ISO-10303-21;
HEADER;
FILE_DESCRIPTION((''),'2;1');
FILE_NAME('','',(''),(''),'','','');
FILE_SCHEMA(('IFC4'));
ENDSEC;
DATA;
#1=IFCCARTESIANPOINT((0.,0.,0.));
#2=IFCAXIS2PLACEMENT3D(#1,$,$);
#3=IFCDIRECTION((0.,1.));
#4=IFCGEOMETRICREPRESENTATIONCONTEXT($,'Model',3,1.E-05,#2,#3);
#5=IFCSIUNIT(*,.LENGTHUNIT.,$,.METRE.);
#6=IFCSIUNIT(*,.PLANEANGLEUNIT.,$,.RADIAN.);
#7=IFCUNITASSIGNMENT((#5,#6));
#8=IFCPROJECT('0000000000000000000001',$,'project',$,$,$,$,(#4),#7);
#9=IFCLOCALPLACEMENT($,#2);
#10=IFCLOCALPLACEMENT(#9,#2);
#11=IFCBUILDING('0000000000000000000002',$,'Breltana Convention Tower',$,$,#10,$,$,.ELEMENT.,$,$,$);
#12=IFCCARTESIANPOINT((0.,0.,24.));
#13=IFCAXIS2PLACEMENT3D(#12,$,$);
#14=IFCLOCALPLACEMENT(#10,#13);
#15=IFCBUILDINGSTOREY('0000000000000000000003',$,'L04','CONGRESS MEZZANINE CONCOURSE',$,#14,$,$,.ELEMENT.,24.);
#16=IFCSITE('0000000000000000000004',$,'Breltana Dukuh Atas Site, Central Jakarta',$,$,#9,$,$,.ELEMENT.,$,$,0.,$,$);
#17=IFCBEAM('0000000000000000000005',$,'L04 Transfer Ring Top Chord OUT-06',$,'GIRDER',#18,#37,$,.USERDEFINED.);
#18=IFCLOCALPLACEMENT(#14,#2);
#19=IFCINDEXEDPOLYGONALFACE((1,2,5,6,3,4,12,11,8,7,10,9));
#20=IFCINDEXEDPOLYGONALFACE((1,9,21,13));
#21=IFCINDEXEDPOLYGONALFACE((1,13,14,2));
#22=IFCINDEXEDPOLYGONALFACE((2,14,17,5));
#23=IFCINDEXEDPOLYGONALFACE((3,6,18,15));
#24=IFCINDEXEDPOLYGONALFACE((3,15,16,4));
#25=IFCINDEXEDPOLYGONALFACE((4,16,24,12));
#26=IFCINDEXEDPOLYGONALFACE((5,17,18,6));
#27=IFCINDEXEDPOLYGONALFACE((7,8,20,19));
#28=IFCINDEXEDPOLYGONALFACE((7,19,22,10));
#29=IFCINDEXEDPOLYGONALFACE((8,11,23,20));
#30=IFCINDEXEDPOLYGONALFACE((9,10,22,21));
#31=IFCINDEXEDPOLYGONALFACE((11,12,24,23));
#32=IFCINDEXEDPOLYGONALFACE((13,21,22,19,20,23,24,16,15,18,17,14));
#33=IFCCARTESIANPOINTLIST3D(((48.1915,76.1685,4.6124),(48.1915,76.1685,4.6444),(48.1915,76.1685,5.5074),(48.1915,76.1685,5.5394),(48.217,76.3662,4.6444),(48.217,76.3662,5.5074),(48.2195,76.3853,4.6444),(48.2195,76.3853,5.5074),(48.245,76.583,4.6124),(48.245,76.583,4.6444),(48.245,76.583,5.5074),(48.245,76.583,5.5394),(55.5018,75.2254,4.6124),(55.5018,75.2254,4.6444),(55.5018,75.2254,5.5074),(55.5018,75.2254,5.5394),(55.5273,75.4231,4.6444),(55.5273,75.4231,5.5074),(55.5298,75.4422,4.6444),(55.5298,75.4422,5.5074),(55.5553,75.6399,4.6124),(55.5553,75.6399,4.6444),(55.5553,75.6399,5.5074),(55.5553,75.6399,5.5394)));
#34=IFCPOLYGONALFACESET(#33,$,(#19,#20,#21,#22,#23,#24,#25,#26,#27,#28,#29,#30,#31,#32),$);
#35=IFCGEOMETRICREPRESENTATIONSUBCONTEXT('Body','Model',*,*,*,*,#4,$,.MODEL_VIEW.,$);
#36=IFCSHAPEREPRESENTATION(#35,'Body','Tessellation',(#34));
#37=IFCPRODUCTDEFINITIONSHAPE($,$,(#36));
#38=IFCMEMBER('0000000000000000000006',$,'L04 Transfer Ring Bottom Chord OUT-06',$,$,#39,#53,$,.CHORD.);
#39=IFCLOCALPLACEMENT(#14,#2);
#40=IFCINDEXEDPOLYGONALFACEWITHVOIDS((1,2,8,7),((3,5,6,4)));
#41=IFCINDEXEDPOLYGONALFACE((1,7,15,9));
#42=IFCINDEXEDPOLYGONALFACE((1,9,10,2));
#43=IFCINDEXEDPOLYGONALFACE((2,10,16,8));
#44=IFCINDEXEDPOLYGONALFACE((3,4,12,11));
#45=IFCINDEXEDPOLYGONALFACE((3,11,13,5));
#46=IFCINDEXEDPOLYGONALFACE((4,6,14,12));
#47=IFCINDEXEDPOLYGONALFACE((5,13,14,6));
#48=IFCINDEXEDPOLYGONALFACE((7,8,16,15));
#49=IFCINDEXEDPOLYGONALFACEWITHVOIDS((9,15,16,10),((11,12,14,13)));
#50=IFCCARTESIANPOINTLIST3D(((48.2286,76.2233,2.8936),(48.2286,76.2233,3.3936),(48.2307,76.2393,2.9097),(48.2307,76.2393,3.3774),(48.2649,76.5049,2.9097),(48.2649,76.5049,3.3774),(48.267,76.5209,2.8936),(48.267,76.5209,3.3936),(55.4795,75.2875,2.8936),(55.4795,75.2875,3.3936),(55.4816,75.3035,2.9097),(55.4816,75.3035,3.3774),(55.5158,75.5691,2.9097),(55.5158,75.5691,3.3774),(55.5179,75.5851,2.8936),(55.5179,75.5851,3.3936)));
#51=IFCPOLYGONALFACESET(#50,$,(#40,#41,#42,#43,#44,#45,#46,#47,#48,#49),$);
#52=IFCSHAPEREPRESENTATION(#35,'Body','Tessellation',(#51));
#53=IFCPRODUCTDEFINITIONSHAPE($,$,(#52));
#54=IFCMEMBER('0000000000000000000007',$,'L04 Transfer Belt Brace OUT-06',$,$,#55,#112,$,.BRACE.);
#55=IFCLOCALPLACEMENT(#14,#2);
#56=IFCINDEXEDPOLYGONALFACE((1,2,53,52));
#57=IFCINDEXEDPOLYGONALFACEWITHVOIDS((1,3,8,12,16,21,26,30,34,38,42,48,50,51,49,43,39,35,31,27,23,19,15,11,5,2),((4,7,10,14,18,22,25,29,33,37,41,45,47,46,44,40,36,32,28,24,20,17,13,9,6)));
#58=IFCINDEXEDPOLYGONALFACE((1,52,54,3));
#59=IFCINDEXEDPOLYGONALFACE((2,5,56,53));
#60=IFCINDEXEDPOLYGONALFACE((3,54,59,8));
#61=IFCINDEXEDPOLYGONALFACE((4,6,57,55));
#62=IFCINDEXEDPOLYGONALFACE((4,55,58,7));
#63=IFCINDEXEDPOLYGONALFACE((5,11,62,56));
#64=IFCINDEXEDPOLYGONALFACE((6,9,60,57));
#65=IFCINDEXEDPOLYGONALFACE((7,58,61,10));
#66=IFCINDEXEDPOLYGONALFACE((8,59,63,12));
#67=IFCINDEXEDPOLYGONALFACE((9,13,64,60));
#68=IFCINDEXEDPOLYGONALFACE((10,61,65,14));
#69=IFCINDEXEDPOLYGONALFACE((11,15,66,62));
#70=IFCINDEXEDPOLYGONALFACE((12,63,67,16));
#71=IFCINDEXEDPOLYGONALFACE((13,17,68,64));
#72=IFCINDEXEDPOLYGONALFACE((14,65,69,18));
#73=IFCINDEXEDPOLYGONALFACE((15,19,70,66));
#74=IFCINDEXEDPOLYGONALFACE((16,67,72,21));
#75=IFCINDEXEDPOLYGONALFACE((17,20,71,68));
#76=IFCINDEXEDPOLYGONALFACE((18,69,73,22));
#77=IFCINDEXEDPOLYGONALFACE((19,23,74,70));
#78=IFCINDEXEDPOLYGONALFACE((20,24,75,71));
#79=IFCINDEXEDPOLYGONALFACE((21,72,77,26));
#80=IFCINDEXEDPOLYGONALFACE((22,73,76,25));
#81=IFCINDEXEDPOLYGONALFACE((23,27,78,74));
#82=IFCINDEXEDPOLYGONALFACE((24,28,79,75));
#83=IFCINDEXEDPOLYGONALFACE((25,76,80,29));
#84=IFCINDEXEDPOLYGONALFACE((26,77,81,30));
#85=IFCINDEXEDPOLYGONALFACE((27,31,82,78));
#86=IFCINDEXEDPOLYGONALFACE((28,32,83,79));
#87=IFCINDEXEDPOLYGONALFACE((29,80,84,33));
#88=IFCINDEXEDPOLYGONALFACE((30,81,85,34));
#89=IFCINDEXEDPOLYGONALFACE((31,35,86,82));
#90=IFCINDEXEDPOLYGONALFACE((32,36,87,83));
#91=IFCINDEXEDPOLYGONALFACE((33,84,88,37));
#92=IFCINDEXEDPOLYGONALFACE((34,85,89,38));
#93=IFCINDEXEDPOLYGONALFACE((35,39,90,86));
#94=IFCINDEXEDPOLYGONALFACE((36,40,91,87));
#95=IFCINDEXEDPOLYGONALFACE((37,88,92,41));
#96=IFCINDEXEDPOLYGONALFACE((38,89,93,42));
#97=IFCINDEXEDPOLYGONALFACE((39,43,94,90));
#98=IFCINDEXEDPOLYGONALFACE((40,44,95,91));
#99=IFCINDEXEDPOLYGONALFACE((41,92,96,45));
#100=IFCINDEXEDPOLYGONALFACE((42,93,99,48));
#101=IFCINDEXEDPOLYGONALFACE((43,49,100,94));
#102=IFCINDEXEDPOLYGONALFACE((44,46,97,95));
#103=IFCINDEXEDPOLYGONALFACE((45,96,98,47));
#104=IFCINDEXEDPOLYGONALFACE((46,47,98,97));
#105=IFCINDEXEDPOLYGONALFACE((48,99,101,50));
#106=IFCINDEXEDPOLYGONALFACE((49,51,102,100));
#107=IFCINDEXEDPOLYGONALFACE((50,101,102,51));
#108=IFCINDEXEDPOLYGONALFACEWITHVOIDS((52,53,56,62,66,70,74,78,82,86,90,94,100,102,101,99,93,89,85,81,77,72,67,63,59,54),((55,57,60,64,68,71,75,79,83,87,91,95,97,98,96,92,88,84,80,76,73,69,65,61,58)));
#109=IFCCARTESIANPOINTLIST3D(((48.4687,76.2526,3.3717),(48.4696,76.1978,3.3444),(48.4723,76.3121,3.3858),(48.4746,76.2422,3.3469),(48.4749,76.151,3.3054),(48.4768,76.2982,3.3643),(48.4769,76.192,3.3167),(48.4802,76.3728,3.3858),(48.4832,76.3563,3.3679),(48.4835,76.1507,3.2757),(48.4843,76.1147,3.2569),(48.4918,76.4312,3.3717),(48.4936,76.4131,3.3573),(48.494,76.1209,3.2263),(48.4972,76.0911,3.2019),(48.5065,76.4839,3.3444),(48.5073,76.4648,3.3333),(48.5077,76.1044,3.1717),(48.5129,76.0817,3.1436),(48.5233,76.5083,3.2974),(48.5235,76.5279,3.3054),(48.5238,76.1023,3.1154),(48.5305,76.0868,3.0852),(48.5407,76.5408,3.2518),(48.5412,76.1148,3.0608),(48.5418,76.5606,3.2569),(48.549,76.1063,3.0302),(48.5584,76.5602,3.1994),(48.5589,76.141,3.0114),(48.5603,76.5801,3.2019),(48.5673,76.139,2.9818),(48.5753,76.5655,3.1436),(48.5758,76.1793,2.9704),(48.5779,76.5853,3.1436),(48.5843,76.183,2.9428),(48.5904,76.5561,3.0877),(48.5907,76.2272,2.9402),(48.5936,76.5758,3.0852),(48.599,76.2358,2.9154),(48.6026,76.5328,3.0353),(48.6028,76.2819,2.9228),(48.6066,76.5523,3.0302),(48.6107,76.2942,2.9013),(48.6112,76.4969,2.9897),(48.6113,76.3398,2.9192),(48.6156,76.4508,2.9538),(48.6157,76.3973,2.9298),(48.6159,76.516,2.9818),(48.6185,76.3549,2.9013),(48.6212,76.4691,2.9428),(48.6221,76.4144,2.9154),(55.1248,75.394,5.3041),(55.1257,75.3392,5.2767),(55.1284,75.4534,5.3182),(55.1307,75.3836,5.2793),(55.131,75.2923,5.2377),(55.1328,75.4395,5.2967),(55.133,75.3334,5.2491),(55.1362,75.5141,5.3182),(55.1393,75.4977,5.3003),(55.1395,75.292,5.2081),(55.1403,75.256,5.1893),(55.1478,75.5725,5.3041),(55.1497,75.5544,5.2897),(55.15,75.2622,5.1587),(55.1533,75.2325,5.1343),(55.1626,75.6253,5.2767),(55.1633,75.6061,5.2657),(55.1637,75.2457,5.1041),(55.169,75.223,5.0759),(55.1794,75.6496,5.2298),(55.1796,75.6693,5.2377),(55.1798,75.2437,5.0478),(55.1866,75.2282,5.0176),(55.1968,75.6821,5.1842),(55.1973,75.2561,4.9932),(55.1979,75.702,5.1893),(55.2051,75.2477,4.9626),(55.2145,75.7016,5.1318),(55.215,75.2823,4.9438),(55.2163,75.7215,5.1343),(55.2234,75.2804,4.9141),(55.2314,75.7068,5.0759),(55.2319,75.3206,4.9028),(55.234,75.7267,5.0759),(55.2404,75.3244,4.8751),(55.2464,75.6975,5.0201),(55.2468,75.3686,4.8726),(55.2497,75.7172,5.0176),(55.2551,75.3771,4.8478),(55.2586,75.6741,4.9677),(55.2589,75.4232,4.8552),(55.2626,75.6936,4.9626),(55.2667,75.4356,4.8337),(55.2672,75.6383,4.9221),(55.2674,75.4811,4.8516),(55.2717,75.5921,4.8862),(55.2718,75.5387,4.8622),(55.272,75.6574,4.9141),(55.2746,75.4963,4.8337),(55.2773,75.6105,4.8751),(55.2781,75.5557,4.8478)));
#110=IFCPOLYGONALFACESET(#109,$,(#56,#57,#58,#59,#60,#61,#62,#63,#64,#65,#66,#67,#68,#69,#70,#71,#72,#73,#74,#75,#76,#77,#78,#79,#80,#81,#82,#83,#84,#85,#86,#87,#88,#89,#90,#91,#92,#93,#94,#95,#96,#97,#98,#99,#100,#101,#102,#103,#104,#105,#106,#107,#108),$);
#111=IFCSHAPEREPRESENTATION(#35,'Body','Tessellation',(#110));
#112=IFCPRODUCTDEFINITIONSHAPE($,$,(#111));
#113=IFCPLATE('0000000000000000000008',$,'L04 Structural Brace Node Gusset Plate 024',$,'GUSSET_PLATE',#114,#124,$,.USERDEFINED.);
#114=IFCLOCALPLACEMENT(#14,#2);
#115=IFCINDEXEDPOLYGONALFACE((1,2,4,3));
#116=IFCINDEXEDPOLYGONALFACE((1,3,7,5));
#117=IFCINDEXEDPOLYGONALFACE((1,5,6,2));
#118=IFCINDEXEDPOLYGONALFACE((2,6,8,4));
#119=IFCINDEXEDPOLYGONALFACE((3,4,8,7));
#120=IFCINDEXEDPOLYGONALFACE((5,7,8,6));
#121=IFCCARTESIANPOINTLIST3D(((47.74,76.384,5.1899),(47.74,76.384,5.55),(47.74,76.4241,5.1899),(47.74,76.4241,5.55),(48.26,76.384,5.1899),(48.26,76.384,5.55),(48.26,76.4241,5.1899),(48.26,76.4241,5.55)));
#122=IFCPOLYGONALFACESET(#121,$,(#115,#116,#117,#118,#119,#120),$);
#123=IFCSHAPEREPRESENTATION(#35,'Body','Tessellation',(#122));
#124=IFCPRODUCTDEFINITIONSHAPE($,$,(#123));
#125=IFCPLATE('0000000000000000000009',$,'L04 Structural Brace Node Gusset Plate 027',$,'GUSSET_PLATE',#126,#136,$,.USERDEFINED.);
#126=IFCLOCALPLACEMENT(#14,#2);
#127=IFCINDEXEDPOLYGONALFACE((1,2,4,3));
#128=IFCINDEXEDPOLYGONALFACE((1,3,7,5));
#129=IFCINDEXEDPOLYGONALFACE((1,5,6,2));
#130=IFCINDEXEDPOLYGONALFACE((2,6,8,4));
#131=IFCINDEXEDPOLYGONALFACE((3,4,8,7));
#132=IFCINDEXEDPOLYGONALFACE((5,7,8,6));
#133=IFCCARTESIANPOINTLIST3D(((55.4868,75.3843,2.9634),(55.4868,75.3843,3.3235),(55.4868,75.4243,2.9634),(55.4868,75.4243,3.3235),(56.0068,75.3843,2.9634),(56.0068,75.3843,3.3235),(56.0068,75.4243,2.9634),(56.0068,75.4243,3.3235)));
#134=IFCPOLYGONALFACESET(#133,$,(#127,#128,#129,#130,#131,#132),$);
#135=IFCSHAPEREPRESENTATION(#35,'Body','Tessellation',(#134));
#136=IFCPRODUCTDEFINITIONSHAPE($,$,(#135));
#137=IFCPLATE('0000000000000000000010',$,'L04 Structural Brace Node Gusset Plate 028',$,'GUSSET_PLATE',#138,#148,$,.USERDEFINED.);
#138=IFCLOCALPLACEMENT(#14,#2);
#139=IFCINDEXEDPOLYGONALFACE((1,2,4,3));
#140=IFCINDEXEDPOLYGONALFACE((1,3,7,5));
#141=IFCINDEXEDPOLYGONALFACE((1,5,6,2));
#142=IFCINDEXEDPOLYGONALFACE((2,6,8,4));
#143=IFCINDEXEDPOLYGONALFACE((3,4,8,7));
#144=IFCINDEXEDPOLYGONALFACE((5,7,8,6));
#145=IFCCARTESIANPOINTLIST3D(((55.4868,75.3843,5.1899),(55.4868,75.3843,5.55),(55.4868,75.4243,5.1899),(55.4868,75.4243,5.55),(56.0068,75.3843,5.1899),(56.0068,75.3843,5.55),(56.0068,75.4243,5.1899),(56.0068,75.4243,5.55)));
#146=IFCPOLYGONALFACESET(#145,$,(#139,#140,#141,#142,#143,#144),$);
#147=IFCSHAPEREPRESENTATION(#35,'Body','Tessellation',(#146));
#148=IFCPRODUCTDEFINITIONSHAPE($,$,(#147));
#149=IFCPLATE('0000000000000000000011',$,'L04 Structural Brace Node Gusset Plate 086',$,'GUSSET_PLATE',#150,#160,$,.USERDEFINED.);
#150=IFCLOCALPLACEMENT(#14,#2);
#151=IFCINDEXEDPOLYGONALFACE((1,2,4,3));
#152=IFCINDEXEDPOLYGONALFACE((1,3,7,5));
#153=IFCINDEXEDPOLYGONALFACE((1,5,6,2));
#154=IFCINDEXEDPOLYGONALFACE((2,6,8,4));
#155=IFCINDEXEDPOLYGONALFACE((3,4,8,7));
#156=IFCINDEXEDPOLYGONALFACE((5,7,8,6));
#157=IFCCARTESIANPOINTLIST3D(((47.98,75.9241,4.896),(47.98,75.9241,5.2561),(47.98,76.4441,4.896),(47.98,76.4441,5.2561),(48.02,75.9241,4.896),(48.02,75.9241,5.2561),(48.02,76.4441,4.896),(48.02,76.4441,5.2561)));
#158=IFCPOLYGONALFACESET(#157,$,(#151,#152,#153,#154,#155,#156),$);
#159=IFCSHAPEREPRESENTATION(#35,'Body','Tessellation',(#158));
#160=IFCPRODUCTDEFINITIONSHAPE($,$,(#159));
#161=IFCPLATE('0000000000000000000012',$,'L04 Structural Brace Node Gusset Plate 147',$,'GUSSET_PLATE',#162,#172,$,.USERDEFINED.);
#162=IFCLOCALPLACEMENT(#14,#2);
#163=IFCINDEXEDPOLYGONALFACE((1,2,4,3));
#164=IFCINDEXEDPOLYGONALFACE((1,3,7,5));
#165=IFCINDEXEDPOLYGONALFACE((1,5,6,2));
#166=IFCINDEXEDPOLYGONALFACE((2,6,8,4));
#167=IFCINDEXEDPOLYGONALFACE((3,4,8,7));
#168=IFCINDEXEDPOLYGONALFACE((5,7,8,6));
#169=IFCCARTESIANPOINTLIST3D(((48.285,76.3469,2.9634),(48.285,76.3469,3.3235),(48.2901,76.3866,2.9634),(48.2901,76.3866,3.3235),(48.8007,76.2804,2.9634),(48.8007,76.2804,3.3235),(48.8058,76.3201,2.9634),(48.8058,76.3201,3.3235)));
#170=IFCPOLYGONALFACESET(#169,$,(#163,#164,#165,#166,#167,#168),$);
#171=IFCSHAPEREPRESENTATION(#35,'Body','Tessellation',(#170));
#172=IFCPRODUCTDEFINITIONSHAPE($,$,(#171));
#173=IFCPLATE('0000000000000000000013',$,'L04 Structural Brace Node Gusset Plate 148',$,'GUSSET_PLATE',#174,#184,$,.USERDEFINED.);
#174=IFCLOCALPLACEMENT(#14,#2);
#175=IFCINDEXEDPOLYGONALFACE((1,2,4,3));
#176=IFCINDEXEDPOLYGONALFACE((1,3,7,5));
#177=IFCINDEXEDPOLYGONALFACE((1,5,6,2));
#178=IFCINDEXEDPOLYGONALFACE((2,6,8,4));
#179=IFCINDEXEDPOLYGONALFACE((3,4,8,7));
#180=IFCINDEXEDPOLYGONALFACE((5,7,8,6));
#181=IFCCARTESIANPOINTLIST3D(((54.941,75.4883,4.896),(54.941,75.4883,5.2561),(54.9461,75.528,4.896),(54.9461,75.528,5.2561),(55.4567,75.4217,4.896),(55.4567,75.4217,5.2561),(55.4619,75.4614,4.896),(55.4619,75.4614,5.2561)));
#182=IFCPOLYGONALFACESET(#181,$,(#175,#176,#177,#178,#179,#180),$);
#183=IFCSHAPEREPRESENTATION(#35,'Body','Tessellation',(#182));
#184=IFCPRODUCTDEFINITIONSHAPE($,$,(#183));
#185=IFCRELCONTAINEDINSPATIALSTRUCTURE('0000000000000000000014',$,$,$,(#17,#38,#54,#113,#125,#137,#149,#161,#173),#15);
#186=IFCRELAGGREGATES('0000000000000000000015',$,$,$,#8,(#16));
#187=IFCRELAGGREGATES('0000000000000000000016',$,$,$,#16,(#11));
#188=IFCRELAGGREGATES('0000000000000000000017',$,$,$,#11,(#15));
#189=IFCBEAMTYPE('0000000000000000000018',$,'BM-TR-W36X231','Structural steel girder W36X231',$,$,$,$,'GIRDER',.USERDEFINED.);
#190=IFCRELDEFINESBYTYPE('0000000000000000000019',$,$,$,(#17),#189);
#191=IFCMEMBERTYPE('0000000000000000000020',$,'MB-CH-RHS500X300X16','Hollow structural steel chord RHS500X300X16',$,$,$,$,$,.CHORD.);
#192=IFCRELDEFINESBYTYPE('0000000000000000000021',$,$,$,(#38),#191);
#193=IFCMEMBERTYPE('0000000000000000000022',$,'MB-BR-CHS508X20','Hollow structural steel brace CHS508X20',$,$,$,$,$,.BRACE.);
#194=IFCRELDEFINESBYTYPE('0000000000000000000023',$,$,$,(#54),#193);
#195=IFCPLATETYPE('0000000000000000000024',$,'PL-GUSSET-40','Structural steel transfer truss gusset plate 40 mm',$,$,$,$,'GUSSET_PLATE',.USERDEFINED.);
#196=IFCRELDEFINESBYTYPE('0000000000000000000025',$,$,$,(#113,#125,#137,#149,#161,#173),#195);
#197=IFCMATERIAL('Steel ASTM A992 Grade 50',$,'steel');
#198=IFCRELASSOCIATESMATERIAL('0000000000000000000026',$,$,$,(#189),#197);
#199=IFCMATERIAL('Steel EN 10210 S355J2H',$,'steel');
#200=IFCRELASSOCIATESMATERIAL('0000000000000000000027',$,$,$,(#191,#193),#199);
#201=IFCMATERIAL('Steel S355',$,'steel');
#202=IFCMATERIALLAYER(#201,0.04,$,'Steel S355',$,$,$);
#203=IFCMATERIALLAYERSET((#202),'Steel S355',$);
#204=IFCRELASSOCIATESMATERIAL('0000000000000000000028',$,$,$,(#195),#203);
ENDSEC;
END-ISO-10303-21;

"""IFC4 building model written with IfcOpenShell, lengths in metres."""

from ifc_helpers import new_model, si_unit, direction, frame, origin, origin_2d, place, context, subcontext, project, spatial, rectangle, hollow_rectangle, hollow_circle, i_section, extrude, source, transform, mapped, material, layer, layer_set, material_profile, profile_set, type_object, element, save


model = new_model("IFC4")

# Units and contexts
model_context = context("Model", 3, precision=1e-05, world=origin(), true_north=direction((0.0, 1.0)))
body_context = subcontext(model_context, "Body", "Model", "MODEL_VIEW")
ifc_project = project(units=[si_unit("LENGTHUNIT", "METRE"), si_unit("PLANEANGLEUNIT", "RADIAN")], contexts=[model_context])

# Site, building, storey
site_placement = place(None, origin())
site = spatial("IfcSite", under=ifc_project, at=site_placement, Name="Breltana Dukuh Atas Site, Central Jakarta", CompositionType="ELEMENT", RefElevation=0.0)
building_placement = place(site_placement, origin())
building = spatial("IfcBuilding", under=site, at=building_placement, Name="Breltana Convention Tower", CompositionType="ELEMENT")
storey_placement = place(building_placement, frame((0.0, 0.0, 24.0)))
storey = spatial("IfcBuildingStorey", under=building, at=storey_placement, Name="L04", Description="CONGRESS MEZZANINE CONCOURSE", CompositionType="ELEMENT", Elevation=24.0)

# Shared definitions
ifc_material_1 = material(Name="Steel ASTM A992 Grade 50", Category="steel")

# Shared definitions
ifc_material_profile_1 = material_profile(ifc_material_1, i_section(OverallWidth=0.418, OverallDepth=0.927, WebThickness=0.0193, FlangeThickness=0.032, at=origin_2d()), Name="W36X231")
ifc_profile_set_1 = profile_set([ifc_material_profile_1], Name="Steel ASTM A992 Grade 50")
beam_type_1 = type_object("IfcBeamType", Name="BM-TR-W36X231", Description="Structural steel girder W36X231", ElementType="GIRDER", PredefinedType="USERDEFINED", material=ifc_profile_set_1)

# Shared definitions
ifc_material_2 = material(Name="Steel EN 10210 S355J2H", Category="steel")

# Shared definitions
ifc_material_profile_2 = material_profile(ifc_material_2, hollow_rectangle(XDim=0.3, YDim=0.5, WallThickness=0.0161, at=origin_2d()), Name="RHS500X300X16")
ifc_profile_set_2 = profile_set([ifc_material_profile_2], Name="Steel EN 10210 S355J2H")
member_type_1 = type_object("IfcMemberType", Name="MB-CH-RHS500X300X16", Description="Hollow structural steel chord RHS500X300X16", PredefinedType="CHORD", material=ifc_profile_set_2)

# Beam
shared_shape_1 = source(origin(), body_context, "Body", "SweptSolid", [
    extrude(i_section(OverallWidth=0.418, OverallDepth=0.927, WebThickness=0.0193, FlangeThickness=0.032, at=origin_2d()), origin(), (0.0, 0.0, 1.0), 7.3708),
])
beam_1_placement = place(storey_placement, frame((48.2183, 76.3757, 5.0759), z_axis=(0.99178, -0.127951, 0.0), x_axis=(0.127951, 0.99178, 0.0)))
element("IfcBeam", 1, at=beam_1_placement, inside=storey, type_object=beam_type_1, Name="L04 Transfer Ring Top Chord OUT-06", ObjectType="GIRDER", PredefinedType="USERDEFINED", context=body_context, shape_type="MappedRepresentation", body=[
    mapped(shared_shape_1, transform((0.0, 0.0, 0.0), scale=1.0)),
])

# Members
shared_shape_2 = source(origin(), body_context, "Body", "SweptSolid", [
    extrude(hollow_rectangle(XDim=0.3, YDim=0.5, WallThickness=0.0161, at=origin_2d()), origin(), (0.0, 0.0, 1.0), 7.311),
])
member_1_placement = place(storey_placement, frame((48.2478, 76.3721, 3.1436), z_axis=(0.991775, -0.127996, 0.0), x_axis=(0.127996, 0.991775, 0.0)))
element("IfcMember", 2, at=member_1_placement, inside=storey, type_object=member_type_1, Name="L04 Transfer Ring Bottom Chord OUT-06", PredefinedType="CHORD", context=body_context, shape_type="MappedRepresentation", body=[
    mapped(shared_shape_2, transform((0.0, 0.0, 0.0), scale=1.0)),
])
ifc_material_profile_3 = material_profile(ifc_material_2, hollow_circle(Radius=0.2539, WallThickness=0.02, at=origin_2d()), Name="CHS508X20")
ifc_profile_set_3 = profile_set([ifc_material_profile_3], Name="Steel EN 10210 S355J2H")
member_type_2 = type_object("IfcMemberType", Name="MB-BR-CHS508X20", Description="Hollow structural steel brace CHS508X20", PredefinedType="BRACE", material=ifc_profile_set_3)
shared_shape_3 = source(origin(), body_context, "Body", "SweptSolid", [
    extrude(hollow_circle(Radius=0.2539, WallThickness=0.02, at=origin_2d()), origin(), (0.0, 0.0, 1.0), 6.9839),
])
member_2_placement = place(storey_placement, frame((48.5454, 76.3335, 3.1436), z_axis=(0.953061, -0.122947, 0.276693), x_axis=(0.127942, 0.991782, 0.0)))
element("IfcMember", 3, at=member_2_placement, inside=storey, type_object=member_type_2, Name="L04 Transfer Belt Brace OUT-06", PredefinedType="BRACE", context=body_context, shape_type="MappedRepresentation", body=[
    mapped(shared_shape_3, transform((0.0, 0.0, 0.0), scale=1.0)),
])

# Plates
ifc_material_3 = material(Name="Steel S355", Category="steel")
ifc_layer_1 = layer(ifc_material_3, 0.04, Name="Steel S355")
ifc_layer_set_1 = layer_set([ifc_layer_1], Name="Steel S355")
plate_type = type_object("IfcPlateType", Name="PL-GUSSET-40", Description="Structural steel transfer truss gusset plate 40 mm", ElementType="GUSSET_PLATE", PredefinedType="USERDEFINED", material=ifc_layer_set_1)
shared_shape_4 = source(origin(), body_context, "Body", "SweptSolid", [
    extrude(rectangle(XDim=0.52, YDim=0.04, at=origin_2d()), origin(), (0.0, 0.0, 1.0), 0.3601),
])
for number, where, z_axis, x_axis, name in (
    (4, (48.0, 76.4041, 5.1899), (0.0, 0.0, 1.0), (1.0, 0.0, 0.0), "L04 Structural Brace Node Gusset Plate 024"),
    (5, (55.7468, 75.4043, 2.9634), (0.0, 0.0, 1.0), (1.0, 0.0, 0.0), "L04 Structural Brace Node Gusset Plate 027"),
    (6, (55.7468, 75.4043, 5.1899), (0.0, 0.0, 1.0), (1.0, 0.0, 0.0), "L04 Structural Brace Node Gusset Plate 028"),
    (7, (48.0, 76.1841, 4.896), (0.0, 0.0, 1.0), (0.0, 1.0, 0.0), "L04 Structural Brace Node Gusset Plate 086"),
    (8, (48.5454, 76.3335, 2.9634), (0.0, 0.0, 1.0), (0.991783, -0.12793, 0.0), "L04 Structural Brace Node Gusset Plate 147"),
    (9, (55.2014, 75.4749, 4.896), (0.0, 0.0, 1.0), (0.991783, -0.12793, 0.0), "L04 Structural Brace Node Gusset Plate 148"),
):
    element("IfcPlate", number, at=place(storey_placement, frame(where, z_axis=z_axis, x_axis=x_axis)), inside=storey, type_object=plate_type, Name=name, ObjectType="GUSSET_PLATE", PredefinedType="USERDEFINED", context=body_context, shape_type="MappedRepresentation", body=[
        mapped(shared_shape_4, transform((0.0, 0.0, 0.0), scale=1.0)),
    ])

save(model, "model.ifc")
